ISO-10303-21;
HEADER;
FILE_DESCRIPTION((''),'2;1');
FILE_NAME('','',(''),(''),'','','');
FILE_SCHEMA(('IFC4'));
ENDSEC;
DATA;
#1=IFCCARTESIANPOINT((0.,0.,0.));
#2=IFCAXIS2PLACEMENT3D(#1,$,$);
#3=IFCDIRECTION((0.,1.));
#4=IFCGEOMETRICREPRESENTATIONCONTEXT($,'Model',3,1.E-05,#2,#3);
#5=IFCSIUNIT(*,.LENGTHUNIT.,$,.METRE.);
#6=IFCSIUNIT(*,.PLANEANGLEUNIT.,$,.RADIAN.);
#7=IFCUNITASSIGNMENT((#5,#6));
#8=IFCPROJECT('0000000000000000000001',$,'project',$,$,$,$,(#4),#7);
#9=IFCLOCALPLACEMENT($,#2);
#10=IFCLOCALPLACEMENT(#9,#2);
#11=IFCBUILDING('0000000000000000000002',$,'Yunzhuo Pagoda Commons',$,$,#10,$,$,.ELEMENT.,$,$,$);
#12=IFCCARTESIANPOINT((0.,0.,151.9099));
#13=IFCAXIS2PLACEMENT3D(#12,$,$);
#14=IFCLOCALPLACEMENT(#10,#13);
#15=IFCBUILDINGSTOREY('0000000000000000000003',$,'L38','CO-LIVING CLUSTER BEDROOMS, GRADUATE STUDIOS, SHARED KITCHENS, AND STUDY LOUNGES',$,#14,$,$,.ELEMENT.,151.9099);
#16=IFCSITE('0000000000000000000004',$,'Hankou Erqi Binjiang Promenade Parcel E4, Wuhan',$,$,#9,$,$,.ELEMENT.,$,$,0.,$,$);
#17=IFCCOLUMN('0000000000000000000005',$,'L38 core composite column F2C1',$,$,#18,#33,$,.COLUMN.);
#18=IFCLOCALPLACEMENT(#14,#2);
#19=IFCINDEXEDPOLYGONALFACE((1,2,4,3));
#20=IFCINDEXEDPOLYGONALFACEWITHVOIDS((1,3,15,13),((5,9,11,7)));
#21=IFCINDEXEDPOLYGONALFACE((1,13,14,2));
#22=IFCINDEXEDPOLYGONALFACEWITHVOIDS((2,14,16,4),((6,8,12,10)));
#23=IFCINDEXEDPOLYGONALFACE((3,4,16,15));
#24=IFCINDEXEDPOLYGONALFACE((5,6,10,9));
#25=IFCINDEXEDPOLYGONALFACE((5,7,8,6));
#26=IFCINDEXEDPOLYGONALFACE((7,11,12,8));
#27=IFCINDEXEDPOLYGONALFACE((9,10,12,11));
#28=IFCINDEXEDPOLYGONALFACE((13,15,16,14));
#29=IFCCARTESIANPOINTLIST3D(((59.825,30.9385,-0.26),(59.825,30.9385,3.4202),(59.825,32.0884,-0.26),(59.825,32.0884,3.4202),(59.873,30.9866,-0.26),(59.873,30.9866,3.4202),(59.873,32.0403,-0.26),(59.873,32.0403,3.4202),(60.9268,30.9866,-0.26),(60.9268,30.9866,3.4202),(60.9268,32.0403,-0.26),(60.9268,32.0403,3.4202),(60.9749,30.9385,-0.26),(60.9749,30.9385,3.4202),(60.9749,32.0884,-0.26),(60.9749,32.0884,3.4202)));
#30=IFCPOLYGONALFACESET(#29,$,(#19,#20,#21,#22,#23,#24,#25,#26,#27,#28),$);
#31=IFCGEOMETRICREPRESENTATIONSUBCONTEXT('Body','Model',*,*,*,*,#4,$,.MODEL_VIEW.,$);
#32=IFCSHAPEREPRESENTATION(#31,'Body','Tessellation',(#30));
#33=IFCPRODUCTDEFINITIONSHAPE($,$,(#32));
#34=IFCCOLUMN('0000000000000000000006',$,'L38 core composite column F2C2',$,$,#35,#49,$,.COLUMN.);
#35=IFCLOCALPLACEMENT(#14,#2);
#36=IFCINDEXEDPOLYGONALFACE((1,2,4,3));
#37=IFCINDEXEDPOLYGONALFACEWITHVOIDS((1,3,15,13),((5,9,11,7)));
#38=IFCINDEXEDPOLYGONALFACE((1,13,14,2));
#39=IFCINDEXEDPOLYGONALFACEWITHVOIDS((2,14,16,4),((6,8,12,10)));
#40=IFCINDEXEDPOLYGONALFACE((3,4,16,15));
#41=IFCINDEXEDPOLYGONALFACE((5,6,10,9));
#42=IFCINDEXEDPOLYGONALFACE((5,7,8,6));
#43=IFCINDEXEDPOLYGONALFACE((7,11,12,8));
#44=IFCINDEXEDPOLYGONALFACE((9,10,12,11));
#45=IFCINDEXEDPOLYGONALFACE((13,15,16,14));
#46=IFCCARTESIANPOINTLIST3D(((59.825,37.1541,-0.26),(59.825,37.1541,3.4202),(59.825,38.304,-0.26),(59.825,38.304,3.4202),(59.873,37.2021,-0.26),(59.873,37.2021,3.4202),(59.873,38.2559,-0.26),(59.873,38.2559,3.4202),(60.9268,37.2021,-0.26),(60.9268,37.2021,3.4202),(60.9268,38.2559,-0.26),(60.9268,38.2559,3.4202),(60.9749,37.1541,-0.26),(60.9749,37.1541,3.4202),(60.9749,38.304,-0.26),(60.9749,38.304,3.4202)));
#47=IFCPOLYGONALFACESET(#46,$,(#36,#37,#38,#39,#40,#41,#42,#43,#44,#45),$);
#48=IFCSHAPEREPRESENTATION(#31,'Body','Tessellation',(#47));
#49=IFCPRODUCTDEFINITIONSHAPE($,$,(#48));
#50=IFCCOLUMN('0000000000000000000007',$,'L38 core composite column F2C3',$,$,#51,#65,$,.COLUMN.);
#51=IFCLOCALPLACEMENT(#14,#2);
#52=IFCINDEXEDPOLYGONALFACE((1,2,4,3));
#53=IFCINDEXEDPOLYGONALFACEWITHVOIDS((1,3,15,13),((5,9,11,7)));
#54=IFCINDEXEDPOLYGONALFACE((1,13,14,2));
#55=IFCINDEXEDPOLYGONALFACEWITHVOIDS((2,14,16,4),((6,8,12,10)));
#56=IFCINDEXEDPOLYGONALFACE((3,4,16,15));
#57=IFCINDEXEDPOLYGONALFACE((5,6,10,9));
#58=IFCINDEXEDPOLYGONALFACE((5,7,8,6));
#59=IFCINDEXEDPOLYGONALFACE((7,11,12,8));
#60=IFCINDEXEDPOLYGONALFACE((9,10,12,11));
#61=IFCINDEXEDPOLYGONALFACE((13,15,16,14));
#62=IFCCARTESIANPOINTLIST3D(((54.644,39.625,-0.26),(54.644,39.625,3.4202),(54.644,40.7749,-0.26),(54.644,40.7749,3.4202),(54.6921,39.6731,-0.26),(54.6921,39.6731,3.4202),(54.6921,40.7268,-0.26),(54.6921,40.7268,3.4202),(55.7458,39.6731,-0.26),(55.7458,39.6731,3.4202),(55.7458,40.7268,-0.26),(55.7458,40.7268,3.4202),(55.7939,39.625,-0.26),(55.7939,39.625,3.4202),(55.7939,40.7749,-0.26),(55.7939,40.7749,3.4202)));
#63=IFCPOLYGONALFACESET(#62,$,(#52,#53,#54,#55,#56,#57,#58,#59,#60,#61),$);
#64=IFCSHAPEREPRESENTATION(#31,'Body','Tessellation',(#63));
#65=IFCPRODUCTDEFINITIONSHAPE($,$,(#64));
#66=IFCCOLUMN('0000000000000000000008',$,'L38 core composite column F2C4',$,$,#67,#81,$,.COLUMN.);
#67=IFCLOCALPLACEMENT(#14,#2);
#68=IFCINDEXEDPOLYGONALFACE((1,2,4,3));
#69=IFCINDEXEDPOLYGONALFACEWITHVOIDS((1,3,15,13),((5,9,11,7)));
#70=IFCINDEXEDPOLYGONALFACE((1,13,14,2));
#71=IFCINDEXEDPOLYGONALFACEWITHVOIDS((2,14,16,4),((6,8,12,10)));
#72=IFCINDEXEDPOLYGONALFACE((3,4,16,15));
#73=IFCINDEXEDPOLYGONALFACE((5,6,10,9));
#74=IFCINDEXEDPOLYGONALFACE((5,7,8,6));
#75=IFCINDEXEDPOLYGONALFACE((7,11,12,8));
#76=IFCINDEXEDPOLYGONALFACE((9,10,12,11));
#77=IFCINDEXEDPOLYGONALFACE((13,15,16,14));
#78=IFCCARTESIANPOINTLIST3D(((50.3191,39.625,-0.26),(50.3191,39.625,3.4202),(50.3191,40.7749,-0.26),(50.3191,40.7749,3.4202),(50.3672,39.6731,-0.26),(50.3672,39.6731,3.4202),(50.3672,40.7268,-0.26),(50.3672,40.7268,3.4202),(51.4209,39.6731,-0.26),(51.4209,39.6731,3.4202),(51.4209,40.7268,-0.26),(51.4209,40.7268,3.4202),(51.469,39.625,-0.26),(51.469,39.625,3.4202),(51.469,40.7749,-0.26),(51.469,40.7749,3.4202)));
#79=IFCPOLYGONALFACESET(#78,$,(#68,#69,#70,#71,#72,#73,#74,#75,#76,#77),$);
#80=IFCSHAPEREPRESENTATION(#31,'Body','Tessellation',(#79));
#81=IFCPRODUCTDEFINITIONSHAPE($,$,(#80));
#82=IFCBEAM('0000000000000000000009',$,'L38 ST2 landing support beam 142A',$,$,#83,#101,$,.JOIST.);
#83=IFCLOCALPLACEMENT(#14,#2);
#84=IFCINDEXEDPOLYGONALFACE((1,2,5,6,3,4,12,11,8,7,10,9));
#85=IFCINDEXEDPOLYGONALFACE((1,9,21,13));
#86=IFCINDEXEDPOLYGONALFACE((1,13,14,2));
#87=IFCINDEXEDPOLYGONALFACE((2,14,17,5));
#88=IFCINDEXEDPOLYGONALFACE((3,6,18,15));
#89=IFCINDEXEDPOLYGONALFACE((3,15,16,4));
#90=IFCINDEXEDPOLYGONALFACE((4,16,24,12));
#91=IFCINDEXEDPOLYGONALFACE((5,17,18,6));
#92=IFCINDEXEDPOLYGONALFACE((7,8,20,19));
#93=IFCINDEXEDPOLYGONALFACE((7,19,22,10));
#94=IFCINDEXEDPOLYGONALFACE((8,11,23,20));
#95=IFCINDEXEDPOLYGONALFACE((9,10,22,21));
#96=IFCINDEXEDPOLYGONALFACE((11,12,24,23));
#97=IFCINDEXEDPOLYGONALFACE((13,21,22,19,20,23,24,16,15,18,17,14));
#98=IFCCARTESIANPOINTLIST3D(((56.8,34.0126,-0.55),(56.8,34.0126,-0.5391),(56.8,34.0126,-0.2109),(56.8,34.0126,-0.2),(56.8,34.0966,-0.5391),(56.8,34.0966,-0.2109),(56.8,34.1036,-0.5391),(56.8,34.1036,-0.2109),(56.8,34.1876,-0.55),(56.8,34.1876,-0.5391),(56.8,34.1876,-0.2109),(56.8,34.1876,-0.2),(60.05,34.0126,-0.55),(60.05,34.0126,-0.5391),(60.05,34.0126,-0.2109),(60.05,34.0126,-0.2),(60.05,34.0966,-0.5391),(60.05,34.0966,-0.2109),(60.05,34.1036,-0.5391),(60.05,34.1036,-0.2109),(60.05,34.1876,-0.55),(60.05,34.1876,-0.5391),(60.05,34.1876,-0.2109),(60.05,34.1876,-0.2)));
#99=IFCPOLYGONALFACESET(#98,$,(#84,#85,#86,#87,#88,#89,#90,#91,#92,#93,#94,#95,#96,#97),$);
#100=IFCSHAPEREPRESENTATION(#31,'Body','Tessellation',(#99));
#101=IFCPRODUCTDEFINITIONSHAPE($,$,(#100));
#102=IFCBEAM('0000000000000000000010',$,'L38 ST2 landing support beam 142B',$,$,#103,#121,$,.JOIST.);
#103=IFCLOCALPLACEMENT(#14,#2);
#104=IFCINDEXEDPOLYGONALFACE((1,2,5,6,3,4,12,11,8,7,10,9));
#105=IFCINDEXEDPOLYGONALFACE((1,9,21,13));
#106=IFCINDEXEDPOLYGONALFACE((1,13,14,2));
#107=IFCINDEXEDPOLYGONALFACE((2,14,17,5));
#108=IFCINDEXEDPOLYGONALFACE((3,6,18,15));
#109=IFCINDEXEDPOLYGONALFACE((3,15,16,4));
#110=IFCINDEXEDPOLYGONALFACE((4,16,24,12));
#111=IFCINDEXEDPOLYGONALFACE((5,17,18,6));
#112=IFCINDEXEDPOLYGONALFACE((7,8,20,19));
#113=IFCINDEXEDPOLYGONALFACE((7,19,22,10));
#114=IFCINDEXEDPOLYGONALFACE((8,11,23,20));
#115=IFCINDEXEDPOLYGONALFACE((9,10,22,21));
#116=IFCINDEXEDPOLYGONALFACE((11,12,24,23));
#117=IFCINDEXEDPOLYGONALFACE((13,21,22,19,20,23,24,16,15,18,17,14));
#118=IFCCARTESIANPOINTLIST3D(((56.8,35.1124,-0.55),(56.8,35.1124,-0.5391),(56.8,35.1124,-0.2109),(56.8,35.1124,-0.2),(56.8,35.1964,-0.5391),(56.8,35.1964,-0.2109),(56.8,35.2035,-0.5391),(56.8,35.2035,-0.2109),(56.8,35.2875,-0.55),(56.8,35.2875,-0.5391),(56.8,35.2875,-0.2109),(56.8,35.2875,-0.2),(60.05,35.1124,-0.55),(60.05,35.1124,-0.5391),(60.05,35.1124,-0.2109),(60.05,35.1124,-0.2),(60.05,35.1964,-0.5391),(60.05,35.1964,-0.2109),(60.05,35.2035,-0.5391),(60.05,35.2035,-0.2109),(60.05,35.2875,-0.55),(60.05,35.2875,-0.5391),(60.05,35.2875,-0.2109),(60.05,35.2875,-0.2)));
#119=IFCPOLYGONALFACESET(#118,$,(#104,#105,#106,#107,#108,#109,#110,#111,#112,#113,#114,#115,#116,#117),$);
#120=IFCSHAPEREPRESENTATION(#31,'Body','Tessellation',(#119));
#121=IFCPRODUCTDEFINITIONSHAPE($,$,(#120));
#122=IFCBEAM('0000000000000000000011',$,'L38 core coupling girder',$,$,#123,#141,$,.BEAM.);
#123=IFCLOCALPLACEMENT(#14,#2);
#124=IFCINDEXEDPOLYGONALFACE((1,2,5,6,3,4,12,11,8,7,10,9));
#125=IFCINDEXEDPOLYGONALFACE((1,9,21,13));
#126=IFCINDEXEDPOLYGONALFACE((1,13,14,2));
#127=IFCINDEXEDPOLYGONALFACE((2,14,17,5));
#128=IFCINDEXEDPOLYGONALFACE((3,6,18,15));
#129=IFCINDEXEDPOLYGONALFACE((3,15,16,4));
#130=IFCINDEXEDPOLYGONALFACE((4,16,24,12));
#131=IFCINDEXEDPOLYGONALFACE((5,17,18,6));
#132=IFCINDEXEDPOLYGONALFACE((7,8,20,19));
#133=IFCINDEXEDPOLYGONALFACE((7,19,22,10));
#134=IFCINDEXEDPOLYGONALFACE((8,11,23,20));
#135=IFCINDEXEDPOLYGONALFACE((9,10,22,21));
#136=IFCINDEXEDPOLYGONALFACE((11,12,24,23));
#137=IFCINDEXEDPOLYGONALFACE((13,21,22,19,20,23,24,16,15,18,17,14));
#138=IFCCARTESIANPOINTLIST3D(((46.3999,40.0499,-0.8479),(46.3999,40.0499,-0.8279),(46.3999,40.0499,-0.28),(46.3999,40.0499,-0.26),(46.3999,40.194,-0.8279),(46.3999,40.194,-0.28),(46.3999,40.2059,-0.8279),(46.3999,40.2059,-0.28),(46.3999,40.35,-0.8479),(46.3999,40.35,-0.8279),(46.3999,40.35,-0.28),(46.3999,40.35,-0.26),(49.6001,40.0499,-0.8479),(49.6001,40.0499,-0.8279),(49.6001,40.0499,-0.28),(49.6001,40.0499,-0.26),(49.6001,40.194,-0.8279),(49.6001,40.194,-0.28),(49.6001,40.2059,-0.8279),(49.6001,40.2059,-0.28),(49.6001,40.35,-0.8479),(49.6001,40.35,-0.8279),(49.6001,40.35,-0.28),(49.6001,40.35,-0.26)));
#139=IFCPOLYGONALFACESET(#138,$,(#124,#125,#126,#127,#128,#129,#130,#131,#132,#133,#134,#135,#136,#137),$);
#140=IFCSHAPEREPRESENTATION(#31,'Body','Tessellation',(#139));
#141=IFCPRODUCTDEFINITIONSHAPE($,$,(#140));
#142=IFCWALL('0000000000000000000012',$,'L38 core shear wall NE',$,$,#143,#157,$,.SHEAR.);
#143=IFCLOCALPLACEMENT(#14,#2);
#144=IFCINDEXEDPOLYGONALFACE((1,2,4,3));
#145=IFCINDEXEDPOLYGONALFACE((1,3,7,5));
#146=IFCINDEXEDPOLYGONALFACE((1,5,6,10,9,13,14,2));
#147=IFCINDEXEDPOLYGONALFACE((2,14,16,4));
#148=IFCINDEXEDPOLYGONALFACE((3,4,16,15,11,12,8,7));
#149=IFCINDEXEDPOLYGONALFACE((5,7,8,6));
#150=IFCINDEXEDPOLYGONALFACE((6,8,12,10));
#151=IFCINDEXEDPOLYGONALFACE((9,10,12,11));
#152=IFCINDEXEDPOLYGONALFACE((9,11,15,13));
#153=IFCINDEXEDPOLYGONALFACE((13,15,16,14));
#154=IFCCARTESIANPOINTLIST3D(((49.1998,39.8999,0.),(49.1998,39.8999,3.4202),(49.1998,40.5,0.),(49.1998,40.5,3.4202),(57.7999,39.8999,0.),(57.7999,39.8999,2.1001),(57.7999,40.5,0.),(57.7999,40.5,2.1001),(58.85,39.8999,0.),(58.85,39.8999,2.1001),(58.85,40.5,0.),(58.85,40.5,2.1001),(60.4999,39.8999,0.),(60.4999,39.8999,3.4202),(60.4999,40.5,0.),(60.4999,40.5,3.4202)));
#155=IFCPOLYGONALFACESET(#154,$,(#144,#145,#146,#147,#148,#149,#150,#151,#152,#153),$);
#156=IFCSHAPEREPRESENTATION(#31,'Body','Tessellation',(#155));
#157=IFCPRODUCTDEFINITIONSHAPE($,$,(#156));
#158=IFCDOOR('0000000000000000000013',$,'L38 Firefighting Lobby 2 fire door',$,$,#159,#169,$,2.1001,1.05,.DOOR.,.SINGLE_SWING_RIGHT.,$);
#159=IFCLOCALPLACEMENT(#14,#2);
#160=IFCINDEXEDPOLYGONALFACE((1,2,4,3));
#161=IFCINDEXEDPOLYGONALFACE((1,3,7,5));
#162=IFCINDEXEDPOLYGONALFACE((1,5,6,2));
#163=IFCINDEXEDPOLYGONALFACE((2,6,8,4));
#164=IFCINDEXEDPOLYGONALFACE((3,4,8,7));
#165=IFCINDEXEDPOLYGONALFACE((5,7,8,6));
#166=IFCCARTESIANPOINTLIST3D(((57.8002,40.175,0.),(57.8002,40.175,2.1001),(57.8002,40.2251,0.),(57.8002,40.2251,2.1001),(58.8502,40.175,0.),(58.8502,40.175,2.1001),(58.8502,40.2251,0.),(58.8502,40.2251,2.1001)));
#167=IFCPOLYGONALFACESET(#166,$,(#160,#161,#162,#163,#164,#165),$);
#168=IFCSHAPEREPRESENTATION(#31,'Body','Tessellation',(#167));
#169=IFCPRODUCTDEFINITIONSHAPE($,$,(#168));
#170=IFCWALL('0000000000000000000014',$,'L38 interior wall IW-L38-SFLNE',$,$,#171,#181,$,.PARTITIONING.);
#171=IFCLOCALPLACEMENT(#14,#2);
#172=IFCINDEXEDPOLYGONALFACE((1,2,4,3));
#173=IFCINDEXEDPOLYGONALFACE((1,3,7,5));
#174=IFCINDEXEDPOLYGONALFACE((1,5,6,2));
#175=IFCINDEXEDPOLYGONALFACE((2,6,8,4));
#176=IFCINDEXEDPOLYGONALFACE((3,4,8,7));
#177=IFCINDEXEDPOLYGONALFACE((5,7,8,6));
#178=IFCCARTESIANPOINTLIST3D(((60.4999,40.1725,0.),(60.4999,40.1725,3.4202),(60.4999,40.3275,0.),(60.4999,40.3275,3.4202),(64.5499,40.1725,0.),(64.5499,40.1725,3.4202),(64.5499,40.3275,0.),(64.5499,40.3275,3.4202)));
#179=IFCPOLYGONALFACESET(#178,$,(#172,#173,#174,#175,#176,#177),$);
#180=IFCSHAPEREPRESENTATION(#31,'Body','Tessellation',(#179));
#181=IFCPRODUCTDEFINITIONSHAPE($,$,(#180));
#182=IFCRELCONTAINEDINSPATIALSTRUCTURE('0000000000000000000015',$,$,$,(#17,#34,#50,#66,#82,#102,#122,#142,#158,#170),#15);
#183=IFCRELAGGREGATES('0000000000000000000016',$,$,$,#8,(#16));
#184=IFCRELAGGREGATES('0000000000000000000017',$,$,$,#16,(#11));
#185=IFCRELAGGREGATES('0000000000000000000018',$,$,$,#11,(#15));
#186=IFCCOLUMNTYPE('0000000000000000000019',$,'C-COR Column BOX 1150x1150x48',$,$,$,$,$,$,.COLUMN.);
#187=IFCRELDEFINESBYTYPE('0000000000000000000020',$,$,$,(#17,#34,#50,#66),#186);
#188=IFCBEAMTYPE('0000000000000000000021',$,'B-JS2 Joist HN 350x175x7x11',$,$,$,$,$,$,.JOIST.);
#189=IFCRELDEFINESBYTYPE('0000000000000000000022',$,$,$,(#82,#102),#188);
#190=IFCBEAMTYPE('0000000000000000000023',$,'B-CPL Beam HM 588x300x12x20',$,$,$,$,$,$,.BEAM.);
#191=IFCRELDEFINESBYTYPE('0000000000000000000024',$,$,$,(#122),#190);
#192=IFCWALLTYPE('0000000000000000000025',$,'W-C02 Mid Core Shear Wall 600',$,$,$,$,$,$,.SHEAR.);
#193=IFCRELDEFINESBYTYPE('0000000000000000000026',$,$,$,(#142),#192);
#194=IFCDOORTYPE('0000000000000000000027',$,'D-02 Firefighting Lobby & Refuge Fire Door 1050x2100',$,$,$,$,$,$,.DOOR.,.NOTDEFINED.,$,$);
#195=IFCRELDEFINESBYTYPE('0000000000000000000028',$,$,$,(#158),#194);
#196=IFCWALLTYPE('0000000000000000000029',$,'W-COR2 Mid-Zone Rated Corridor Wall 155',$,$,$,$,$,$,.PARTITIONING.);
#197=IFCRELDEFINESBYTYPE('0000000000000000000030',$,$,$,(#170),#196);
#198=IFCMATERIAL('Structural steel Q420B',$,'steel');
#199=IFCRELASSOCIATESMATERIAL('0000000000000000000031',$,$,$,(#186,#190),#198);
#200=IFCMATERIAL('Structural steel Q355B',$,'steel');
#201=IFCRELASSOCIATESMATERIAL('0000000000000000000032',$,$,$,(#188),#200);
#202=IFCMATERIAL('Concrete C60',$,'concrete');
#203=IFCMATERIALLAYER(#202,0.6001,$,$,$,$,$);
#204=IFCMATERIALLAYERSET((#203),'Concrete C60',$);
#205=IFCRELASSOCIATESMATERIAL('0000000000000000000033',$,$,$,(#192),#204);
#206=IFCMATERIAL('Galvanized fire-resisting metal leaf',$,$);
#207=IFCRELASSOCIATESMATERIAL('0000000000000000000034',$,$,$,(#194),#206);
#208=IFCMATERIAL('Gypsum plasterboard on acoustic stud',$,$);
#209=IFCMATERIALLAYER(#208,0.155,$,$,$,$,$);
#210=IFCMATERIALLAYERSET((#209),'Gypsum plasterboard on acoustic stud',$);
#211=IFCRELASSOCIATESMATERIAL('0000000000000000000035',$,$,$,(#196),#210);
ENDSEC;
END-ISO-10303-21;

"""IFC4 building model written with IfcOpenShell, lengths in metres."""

from ifc_helpers import new_model, si_unit, direction, frame, frame_2d, origin, origin_2d, place, context, subcontext, project, spatial, rectangle, hollow_rectangle, i_section, extrude, source, transform, mapped, material, layer, layer_set, material_profile, profile_set, type_object, element, fill, save


model = new_model("IFC4")

# Units and contexts
model_context = context("Model", 3, precision=1e-05, world=origin(), true_north=direction((0.0, 1.0)))
body_context = subcontext(model_context, "Body", "Model", "MODEL_VIEW")
ifc_project = project(units=[si_unit("LENGTHUNIT", "METRE"), si_unit("PLANEANGLEUNIT", "RADIAN")], contexts=[model_context])

# Site, building, storey
site_placement = place(None, origin())
site = spatial("IfcSite", under=ifc_project, at=site_placement, Name="Hankou Erqi Binjiang Promenade Parcel E4, Wuhan", CompositionType="ELEMENT", RefElevation=0.0)
building_placement = place(site_placement, origin())
building = spatial("IfcBuilding", under=site, at=building_placement, Name="Yunzhuo Pagoda Commons", CompositionType="ELEMENT")
storey_placement = place(building_placement, frame((0.0, 0.0, 151.9099)))
storey = spatial("IfcBuildingStorey", under=building, at=storey_placement, Name="L38", Description="CO-LIVING CLUSTER BEDROOMS, GRADUATE STUDIOS, SHARED KITCHENS, AND STUDY LOUNGES", CompositionType="ELEMENT", Elevation=151.9099)

# Columns
ifc_material_1 = material(Name="Structural steel Q420B", Category="steel")
ifc_material_profile_1 = material_profile(ifc_material_1, hollow_rectangle(XDim=1.1499, YDim=1.1499, WallThickness=0.0481, at=origin_2d()), Name="Structural steel Q420B")
ifc_profile_set_1 = profile_set([ifc_material_profile_1], Name="Structural steel Q420B")
column_type = type_object("IfcColumnType", Name="C-COR Column BOX 1150x1150x48", PredefinedType="COLUMN", material=ifc_profile_set_1)
shared_shape_1 = source(origin(), body_context, "Body", "SweptSolid", [
    extrude(hollow_rectangle(XDim=1.1499, YDim=1.1499, WallThickness=0.0481, at=origin_2d()), origin(), (0.0, 0.0, 1.0), 3.6802),
])
for number, where, z_axis, x_axis, name in (
    (1, (60.3999, 31.5134, -0.26), (0.0, 0.0, 1.0), (1.0, 0.0, 0.0), "L38 core composite column F2C1"),
    (2, (60.3999, 37.729, -0.26), (0.0, 0.0, 1.0), (1.0, 0.0, 0.0), "L38 core composite column F2C2"),
    (3, (55.219, 40.2, -0.26), (0.0, 0.0, 1.0), (1.0, 0.0, 0.0), "L38 core composite column F2C3"),
    (4, (50.894, 40.2, -0.26), (0.0, 0.0, 1.0), (1.0, 0.0, 0.0), "L38 core composite column F2C4"),
):
    element("IfcColumn", number, at=place(storey_placement, frame(where, z_axis=z_axis, x_axis=x_axis)), inside=storey, type_object=column_type, Name=name, PredefinedType="COLUMN", context=body_context, shape_type="MappedRepresentation", body=[
        mapped(shared_shape_1, transform((0.0, 0.0, 0.0), scale=1.0)),
    ])

# Beams
ifc_material_2 = material(Name="Structural steel Q355B", Category="steel")
ifc_material_profile_2 = material_profile(ifc_material_2, i_section(OverallWidth=0.175, OverallDepth=0.3501, WebThickness=0.0071, FlangeThickness=0.011, at=origin_2d()), Name="Structural steel Q355B")
ifc_profile_set_2 = profile_set([ifc_material_profile_2], Name="Structural steel Q355B")
beam_type_1 = type_object("IfcBeamType", Name="B-JS2 Joist HN 350x175x7x11", PredefinedType="JOIST", material=ifc_profile_set_2)
shared_shape_2 = source(origin(), body_context, "Body", "SweptSolid", [
    extrude(i_section(OverallWidth=0.175, OverallDepth=0.3501, WebThickness=0.0071, FlangeThickness=0.011, at=origin_2d()), origin(), (0.0, 0.0, 1.0), 3.25),
])
for number, where, z_axis, x_axis, name in (
    (5, (56.8, 34.1001, -0.375), (1.0, 0.0, 0.0), (0.0, 1.0, 0.0), "L38 ST2 landing support beam 142A"),
    (6, (56.8, 35.2, -0.375), (1.0, 0.0, 0.0), (0.0, 1.0, 0.0), "L38 ST2 landing support beam 142B"),
):
    element("IfcBeam", number, at=place(storey_placement, frame(where, z_axis=z_axis, x_axis=x_axis)), inside=storey, type_object=beam_type_1, Name=name, PredefinedType="JOIST", context=body_context, shape_type="MappedRepresentation", body=[
        mapped(shared_shape_2, transform((0.0, 0.0, 0.0), scale=1.0)),
    ])
ifc_material_profile_3 = material_profile(ifc_material_1, i_section(OverallWidth=0.3, OverallDepth=0.5879, WebThickness=0.012, FlangeThickness=0.02, at=origin_2d()), Name="Structural steel Q420B")
ifc_profile_set_3 = profile_set([ifc_material_profile_3], Name="Structural steel Q420B")
beam_type_2 = type_object("IfcBeamType", Name="B-CPL Beam HM 588x300x12x20", PredefinedType="BEAM", material=ifc_profile_set_3)
shared_shape_3 = source(origin(), body_context, "Body", "SweptSolid", [
    extrude(i_section(OverallWidth=0.3, OverallDepth=0.5879, WebThickness=0.012, FlangeThickness=0.02, at=origin_2d()), origin(), (0.0, 0.0, 1.0), 3.2002),
])
beam_placement = place(storey_placement, frame((46.3999, 40.2, -0.554), z_axis=(1.0, 0.0, 0.0), x_axis=(0.0, 1.0, 0.0)))
element("IfcBeam", 7, at=beam_placement, inside=storey, type_object=beam_type_2, Name="L38 core coupling girder", PredefinedType="BEAM", context=body_context, shape_type="MappedRepresentation", body=[
    mapped(shared_shape_3, transform((0.0, 0.0, 0.0), scale=1.0)),
])

# Wall, opening, door
ifc_material_3 = material(Name="Concrete C60", Category="concrete")
ifc_layer_1 = layer(ifc_material_3, 0.6001)
ifc_layer_set_1 = layer_set([ifc_layer_1], Name="Concrete C60")
wall_type_1 = type_object("IfcWallType", Name="W-C02 Mid Core Shear Wall 600", PredefinedType="SHEAR", material=ifc_layer_set_1)
wall_1_placement = place(storey_placement, frame((49.2, 40.2, 0.0), z_axis=(0.0, 0.0, 1.0), x_axis=(1.0, 0.0, 0.0)))
wall_1 = element("IfcWall", 8, at=wall_1_placement, inside=storey, type_object=wall_type_1, Name="L38 core shear wall NE", PredefinedType="SHEAR", context=body_context, shape_type="SweptSolid", body=[
    extrude(rectangle(XDim=11.3, YDim=0.6001, at=frame_2d((5.6499, 0.0))), origin(), (0.0, 0.0, 1.0), 3.4202),
])
opening_1_placement = place(wall_1_placement, frame((8.6001, 0.0, 0.0)))
opening_1 = element("IfcOpeningElement", 9, at=opening_1_placement, cuts=wall_1, PredefinedType="OPENING", context=body_context, shape_type="SweptSolid", body=[
    extrude(rectangle(XDim=1.05, YDim=2.1001, at=frame_2d((0.5249, 1.05))), frame((0.0, 0.3101, 0.0), z_axis=(0.0, -1.0, 0.0), x_axis=(1.0, 0.0, 0.0)), (0.0, 0.0, 1.0), 0.6201),
])
ifc_material_4 = material(Name="Galvanized fire-resisting metal leaf")
door_type_1 = type_object("IfcDoorType", Name="D-02 Firefighting Lobby & Refuge Fire Door 1050x2100", OperationType="NOTDEFINED", PredefinedType="DOOR", material=ifc_material_4)
shared_shape_4 = source(origin(), body_context, "Body", "SweptSolid", [
    extrude(rectangle(XDim=1.05, YDim=2.1001, at=frame_2d((0.5249, 1.05))), frame((0.0, 0.0249, 0.0), z_axis=(0.0, -1.0, 0.0), x_axis=(1.0, 0.0, 0.0)), (0.0, 0.0, 1.0), 0.05),
])
door_1_placement = place(opening_1_placement, frame((1.05, 0.0, 0.0), z_axis=(0.0, 0.0, 1.0), x_axis=(-1.0, 0.0, 0.0)))
door_1 = element("IfcDoor", 10, at=door_1_placement, inside=storey, type_object=door_type_1, Name="L38 Firefighting Lobby 2 fire door", OperationType="SINGLE_SWING_RIGHT", OverallHeight=2.1001, OverallWidth=1.05, PredefinedType="DOOR", context=body_context, shape_type="MappedRepresentation", body=[
    mapped(shared_shape_4, transform((0.0, 0.0, 0.0), scale=1.0)),
])
fill(opening_1, door_1)

# Wall
ifc_material_5 = material(Name="Gypsum plasterboard on acoustic stud")
ifc_layer_2 = layer(ifc_material_5, 0.155)
ifc_layer_set_2 = layer_set([ifc_layer_2], Name="Gypsum plasterboard on acoustic stud")
wall_type_2 = type_object("IfcWallType", Name="W-COR2 Mid-Zone Rated Corridor Wall 155", PredefinedType="PARTITIONING", material=ifc_layer_set_2)
wall_2_placement = place(storey_placement, frame((60.5, 40.25, 0.0), z_axis=(0.0, 0.0, 1.0), x_axis=(1.0, 0.0, 0.0)))
element("IfcWall", 11, at=wall_2_placement, inside=storey, type_object=wall_type_2, Name="L38 interior wall IW-L38-SFLNE", PredefinedType="PARTITIONING", context=body_context, shape_type="SweptSolid", body=[
    extrude(rectangle(XDim=4.05, YDim=0.155, at=frame_2d((2.0249, 0.0))), origin(), (0.0, 0.0, 1.0), 3.4202),
])

save(model, "model.ifc")
